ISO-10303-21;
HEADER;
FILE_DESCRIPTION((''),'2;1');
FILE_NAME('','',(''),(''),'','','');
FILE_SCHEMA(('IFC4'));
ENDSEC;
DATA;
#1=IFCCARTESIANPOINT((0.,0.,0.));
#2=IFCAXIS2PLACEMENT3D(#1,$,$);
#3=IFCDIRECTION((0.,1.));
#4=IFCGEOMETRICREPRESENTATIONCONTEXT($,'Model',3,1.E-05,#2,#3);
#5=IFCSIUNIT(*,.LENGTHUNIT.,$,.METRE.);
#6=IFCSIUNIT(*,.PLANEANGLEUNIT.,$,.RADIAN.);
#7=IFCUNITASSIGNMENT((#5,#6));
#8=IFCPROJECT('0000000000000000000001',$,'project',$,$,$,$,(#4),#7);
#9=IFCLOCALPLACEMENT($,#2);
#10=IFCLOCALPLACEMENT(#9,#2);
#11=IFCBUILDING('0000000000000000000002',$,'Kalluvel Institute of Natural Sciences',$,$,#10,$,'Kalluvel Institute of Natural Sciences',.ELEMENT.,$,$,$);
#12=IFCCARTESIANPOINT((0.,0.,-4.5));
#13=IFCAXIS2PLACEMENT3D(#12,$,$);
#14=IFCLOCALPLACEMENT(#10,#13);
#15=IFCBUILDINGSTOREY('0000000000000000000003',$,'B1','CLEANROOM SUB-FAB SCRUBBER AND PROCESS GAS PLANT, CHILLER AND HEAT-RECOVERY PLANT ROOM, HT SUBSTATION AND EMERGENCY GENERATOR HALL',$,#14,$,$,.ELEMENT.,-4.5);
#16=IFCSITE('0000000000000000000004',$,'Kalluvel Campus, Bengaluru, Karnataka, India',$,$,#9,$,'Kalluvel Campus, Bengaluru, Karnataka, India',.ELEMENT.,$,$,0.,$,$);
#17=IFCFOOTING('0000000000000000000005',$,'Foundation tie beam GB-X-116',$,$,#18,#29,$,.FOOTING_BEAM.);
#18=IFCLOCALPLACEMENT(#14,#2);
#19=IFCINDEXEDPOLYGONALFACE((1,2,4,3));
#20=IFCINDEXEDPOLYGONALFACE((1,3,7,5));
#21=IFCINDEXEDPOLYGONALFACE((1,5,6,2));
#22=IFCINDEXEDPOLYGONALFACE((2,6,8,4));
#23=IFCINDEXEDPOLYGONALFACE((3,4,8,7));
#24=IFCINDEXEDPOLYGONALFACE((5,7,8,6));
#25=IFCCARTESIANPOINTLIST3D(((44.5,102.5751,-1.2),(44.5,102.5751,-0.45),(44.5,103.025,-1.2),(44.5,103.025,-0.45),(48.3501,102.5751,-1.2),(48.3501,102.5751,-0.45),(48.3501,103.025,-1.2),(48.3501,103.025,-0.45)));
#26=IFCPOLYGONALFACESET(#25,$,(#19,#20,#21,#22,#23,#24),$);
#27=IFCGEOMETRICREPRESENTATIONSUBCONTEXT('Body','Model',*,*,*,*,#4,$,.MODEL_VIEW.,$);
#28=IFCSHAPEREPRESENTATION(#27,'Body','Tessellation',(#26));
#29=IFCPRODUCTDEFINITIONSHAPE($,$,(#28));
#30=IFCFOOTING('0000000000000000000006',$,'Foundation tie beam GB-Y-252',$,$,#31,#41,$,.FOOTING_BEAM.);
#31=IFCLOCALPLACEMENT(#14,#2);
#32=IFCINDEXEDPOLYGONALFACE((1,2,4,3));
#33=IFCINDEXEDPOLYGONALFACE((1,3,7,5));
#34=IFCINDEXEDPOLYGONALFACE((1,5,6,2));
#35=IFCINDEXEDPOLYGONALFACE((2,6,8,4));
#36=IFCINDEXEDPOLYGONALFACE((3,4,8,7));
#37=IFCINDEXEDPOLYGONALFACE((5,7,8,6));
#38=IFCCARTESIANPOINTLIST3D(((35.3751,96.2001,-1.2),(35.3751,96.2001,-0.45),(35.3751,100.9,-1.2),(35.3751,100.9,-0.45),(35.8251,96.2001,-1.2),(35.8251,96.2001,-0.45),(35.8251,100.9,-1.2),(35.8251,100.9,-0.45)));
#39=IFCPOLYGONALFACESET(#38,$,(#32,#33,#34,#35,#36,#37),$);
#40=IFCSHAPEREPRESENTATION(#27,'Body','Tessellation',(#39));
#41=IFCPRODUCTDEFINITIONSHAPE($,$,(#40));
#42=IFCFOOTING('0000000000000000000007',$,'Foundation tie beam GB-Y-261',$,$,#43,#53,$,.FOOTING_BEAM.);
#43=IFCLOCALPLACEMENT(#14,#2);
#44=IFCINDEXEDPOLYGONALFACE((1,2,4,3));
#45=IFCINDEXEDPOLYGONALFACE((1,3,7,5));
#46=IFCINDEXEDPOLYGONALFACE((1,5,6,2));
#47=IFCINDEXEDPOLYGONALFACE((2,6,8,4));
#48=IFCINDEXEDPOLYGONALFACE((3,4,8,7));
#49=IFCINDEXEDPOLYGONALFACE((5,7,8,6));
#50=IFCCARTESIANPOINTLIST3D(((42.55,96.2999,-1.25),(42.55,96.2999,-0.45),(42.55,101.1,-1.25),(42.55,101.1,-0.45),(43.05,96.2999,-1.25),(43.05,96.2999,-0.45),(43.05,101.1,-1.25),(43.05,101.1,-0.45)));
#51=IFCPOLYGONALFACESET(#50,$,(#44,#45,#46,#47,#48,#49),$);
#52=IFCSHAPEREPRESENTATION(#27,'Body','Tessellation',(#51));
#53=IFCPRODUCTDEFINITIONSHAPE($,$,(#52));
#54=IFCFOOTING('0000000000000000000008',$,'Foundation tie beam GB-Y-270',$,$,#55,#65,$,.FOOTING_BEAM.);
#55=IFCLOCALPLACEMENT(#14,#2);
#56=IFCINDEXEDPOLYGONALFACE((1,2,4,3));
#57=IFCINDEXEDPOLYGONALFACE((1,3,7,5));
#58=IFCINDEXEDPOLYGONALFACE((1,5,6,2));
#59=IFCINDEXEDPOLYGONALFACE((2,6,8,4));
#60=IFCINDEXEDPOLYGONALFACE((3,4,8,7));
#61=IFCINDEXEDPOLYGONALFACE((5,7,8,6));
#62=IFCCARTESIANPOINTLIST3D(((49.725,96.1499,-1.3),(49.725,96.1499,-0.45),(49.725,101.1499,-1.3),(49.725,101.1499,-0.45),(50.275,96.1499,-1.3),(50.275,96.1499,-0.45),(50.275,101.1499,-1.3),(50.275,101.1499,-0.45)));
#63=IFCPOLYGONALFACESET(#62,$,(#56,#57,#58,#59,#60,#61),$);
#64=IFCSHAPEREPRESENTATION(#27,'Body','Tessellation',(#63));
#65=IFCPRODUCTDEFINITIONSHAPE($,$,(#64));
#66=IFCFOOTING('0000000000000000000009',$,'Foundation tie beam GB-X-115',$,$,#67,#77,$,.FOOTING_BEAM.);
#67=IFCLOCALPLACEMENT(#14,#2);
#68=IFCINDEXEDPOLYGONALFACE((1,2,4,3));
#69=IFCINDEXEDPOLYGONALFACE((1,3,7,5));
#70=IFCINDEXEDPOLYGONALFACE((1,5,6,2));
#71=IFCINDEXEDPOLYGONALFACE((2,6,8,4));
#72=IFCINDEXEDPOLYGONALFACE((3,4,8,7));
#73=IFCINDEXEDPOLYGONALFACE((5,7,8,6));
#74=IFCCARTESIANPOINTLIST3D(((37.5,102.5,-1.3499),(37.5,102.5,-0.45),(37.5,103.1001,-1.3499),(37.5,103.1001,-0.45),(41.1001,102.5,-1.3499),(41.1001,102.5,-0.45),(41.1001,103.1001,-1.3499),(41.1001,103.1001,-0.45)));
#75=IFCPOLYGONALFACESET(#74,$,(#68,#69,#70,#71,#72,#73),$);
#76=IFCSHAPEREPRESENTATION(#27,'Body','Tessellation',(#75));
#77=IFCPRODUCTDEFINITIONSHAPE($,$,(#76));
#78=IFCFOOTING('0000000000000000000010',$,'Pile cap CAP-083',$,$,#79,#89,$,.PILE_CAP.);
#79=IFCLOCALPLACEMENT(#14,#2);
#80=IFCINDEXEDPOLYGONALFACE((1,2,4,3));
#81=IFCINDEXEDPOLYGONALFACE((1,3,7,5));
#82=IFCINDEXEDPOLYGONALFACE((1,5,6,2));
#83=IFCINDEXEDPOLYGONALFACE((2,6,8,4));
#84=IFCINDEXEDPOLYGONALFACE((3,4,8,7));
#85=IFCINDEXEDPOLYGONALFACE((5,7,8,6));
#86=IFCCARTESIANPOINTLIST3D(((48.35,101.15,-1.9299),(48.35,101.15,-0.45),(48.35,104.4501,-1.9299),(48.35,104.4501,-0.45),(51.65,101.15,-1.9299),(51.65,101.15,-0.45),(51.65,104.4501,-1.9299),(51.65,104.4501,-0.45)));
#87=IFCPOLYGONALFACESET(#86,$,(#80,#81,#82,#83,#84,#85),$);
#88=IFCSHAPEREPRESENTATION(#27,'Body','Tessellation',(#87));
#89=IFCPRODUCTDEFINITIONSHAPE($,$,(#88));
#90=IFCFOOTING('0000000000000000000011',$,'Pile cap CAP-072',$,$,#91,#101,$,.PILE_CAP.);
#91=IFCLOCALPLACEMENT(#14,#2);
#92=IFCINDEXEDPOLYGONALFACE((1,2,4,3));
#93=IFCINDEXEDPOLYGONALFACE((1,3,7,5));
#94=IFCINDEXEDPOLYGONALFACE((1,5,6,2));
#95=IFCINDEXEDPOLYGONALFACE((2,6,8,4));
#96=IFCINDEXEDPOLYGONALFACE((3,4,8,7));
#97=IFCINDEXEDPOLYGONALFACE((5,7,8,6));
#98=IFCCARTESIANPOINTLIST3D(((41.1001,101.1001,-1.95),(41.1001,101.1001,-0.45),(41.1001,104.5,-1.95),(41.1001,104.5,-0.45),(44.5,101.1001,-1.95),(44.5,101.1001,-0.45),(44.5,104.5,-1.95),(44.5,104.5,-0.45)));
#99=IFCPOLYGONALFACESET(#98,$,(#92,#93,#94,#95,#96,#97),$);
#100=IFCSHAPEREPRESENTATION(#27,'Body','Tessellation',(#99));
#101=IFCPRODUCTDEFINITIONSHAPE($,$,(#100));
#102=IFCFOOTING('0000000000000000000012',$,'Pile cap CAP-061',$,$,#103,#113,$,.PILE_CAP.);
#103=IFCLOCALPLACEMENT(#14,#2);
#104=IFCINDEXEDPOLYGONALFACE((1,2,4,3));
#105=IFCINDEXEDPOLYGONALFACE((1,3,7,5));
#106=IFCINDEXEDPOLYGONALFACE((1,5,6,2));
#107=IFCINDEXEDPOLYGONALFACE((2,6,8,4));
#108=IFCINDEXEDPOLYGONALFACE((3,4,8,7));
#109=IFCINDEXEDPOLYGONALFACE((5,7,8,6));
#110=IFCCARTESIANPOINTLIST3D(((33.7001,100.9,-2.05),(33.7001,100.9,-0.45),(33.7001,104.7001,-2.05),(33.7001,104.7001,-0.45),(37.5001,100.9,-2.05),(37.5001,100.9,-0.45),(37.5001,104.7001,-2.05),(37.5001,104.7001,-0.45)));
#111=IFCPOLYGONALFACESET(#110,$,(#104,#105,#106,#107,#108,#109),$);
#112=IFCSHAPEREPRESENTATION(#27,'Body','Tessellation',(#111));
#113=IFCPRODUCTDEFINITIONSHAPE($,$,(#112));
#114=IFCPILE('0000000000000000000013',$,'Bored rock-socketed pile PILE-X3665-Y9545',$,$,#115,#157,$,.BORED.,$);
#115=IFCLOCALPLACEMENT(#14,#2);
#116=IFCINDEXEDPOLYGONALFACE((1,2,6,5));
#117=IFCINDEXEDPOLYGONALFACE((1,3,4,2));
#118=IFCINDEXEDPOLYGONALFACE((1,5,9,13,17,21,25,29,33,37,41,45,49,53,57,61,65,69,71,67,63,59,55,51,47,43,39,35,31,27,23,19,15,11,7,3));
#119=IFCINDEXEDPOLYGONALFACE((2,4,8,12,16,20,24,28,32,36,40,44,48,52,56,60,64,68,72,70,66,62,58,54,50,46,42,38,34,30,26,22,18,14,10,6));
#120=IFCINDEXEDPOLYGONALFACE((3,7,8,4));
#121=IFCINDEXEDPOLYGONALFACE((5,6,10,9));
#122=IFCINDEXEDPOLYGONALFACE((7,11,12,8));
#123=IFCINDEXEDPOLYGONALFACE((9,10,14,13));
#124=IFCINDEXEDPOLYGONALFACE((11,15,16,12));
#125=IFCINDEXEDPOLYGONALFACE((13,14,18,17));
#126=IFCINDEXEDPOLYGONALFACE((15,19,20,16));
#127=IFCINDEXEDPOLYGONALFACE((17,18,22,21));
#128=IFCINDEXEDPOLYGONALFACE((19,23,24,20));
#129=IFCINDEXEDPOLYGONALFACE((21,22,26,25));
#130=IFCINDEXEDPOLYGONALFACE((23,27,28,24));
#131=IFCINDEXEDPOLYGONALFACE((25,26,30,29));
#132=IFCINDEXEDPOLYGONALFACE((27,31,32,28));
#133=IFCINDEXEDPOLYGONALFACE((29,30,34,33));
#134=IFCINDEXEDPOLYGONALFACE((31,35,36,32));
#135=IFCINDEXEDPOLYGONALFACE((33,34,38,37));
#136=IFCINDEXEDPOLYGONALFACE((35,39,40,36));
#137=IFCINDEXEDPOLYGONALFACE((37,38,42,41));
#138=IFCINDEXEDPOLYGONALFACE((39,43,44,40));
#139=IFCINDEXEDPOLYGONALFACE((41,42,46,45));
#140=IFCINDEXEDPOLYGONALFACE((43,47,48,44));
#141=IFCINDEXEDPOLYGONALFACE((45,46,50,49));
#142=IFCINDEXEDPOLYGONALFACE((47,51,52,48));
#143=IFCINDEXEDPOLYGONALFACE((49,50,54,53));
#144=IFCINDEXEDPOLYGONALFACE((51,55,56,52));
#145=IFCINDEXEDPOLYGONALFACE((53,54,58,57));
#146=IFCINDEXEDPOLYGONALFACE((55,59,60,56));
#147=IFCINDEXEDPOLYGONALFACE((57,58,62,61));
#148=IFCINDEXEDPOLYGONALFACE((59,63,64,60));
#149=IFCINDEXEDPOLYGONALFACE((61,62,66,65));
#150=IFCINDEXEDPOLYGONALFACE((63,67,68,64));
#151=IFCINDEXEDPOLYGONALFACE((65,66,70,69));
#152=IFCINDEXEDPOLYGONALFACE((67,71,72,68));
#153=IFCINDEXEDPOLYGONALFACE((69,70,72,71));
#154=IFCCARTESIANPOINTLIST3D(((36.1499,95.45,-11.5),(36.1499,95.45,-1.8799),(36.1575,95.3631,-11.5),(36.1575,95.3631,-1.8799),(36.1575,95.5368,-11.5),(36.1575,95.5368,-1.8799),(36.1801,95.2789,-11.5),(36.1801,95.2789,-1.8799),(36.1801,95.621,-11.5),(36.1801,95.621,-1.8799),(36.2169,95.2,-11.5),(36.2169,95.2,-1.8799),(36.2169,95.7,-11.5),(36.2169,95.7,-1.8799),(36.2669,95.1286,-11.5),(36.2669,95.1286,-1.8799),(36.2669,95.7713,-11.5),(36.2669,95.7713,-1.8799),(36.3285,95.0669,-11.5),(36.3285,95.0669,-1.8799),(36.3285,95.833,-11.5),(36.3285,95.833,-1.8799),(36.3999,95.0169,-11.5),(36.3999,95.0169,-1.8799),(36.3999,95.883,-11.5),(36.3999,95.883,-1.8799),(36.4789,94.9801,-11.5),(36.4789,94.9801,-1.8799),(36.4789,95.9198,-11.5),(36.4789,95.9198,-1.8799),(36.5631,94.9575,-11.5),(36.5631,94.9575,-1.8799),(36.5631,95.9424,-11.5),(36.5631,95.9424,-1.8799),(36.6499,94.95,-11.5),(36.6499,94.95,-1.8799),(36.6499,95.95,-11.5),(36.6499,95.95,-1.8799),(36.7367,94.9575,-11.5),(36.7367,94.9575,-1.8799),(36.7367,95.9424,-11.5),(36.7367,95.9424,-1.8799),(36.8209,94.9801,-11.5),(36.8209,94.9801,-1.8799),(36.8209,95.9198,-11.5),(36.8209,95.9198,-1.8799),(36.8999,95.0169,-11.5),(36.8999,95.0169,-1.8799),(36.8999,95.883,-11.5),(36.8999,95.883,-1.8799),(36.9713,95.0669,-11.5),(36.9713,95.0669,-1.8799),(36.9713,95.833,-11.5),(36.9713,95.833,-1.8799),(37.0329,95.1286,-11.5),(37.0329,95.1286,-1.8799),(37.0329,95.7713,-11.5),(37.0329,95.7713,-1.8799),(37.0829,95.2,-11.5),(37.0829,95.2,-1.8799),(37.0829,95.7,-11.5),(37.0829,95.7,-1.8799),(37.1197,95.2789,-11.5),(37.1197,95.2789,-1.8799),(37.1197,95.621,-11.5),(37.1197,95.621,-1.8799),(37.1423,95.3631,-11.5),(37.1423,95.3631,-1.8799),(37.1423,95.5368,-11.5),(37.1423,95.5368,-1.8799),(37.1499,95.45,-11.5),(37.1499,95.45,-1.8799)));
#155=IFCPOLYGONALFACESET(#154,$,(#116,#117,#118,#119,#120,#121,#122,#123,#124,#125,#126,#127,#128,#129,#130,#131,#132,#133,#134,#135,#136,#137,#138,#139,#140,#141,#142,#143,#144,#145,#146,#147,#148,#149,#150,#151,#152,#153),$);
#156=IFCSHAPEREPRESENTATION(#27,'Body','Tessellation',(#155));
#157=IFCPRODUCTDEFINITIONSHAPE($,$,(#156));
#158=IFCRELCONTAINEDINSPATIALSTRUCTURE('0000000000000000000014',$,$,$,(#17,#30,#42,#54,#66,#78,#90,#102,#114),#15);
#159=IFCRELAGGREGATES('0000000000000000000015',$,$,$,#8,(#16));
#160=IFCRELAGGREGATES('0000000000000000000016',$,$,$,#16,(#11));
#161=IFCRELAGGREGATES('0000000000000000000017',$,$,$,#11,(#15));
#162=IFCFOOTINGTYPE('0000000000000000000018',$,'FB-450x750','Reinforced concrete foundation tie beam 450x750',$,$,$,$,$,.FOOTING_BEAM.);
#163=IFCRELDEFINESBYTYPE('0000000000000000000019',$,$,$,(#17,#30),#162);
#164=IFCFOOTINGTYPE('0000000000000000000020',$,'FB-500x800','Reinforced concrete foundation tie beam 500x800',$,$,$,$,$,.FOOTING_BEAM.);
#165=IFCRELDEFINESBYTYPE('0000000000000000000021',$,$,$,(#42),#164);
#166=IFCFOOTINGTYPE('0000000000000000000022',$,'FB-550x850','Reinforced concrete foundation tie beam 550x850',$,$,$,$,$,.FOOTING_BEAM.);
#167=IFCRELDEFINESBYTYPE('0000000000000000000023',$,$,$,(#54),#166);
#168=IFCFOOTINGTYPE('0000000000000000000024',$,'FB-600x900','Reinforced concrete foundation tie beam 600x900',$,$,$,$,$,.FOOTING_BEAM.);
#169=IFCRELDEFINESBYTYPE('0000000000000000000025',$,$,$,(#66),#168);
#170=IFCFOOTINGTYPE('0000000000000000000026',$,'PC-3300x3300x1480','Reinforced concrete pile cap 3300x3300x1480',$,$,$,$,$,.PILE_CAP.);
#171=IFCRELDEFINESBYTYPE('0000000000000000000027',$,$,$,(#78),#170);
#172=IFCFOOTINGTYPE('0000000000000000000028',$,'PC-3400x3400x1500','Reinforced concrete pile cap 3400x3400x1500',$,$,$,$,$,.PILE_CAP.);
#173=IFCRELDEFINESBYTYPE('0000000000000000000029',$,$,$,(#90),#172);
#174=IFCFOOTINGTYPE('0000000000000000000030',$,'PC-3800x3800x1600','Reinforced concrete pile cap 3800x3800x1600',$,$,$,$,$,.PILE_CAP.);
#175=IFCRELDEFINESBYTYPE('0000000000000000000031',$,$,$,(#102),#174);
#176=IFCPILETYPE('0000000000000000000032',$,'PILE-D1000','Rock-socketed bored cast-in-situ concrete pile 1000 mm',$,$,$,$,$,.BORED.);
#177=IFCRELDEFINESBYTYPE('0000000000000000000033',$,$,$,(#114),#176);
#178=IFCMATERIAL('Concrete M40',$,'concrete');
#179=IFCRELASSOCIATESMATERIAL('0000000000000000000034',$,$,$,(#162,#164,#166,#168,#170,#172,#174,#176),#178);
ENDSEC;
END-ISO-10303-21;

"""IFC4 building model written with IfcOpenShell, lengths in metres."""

from ifc_helpers import new_model, si_unit, direction, frame, origin, origin_2d, place, context, subcontext, project, spatial, rectangle, circle, extrude, material, material_profile, profile_set, type_object, element, save


model = new_model("IFC4")

# Units and contexts
model_context = context("Model", 3, precision=1e-05, world=origin(), true_north=direction((0.0, 1.0)))
body_context = subcontext(model_context, "Body", "Model", "MODEL_VIEW")
ifc_project = project(units=[si_unit("LENGTHUNIT", "METRE"), si_unit("PLANEANGLEUNIT", "RADIAN")], contexts=[model_context])

# Site, building, storey
site_placement = place(None, origin())
site = spatial("IfcSite", under=ifc_project, at=site_placement, Name="Kalluvel Campus, Bengaluru, Karnataka, India", LongName="Kalluvel Campus, Bengaluru, Karnataka, India", CompositionType="ELEMENT", RefElevation=0.0)
building_placement = place(site_placement, origin())
building = spatial("IfcBuilding", under=site, at=building_placement, Name="Kalluvel Institute of Natural Sciences", LongName="Kalluvel Institute of Natural Sciences", CompositionType="ELEMENT")
storey_placement = place(building_placement, frame((0.0, 0.0, -4.5)))
storey = spatial("IfcBuildingStorey", under=building, at=storey_placement, Name="B1", Description="CLEANROOM SUB-FAB SCRUBBER AND PROCESS GAS PLANT, CHILLER AND HEAT-RECOVERY PLANT ROOM, HT SUBSTATION AND EMERGENCY GENERATOR HALL", CompositionType="ELEMENT", Elevation=-4.5)

# Footings
ifc_material_1 = material(Name="Concrete M40", Category="concrete")
footing_type_1 = type_object("IfcFootingType", Name="FB-450x750", Description="Reinforced concrete foundation tie beam 450x750", PredefinedType="FOOTING_BEAM", material=ifc_material_1)
footing_1_placement = place(storey_placement, frame((46.425, 102.8, -1.2), z_axis=(0.0, 0.0, 1.0), x_axis=(1.0, 0.0, 0.0)))
element("IfcFooting", 1, at=footing_1_placement, inside=storey, type_object=footing_type_1, Name="Foundation tie beam GB-X-116", PredefinedType="FOOTING_BEAM", context=body_context, shape_type="SweptSolid", body=[
    extrude(rectangle(XDim=3.8501, YDim=0.45, at=origin_2d()), origin(), (0.0, 0.0, 1.0), 0.75),
])
footing_2_placement = place(storey_placement, frame((35.6001, 98.55, -1.2), z_axis=(0.0, 0.0, 1.0), x_axis=(1.0, 0.0, 0.0)))
element("IfcFooting", 2, at=footing_2_placement, inside=storey, type_object=footing_type_1, Name="Foundation tie beam GB-Y-252", PredefinedType="FOOTING_BEAM", context=body_context, shape_type="SweptSolid", body=[
    extrude(rectangle(XDim=0.45, YDim=4.7, at=origin_2d()), origin(), (0.0, 0.0, 1.0), 0.75),
])
footing_type_2 = type_object("IfcFootingType", Name="FB-500x800", Description="Reinforced concrete foundation tie beam 500x800", PredefinedType="FOOTING_BEAM", material=ifc_material_1)
footing_3_placement = place(storey_placement, frame((42.8, 98.7, -1.25), z_axis=(0.0, 0.0, 1.0), x_axis=(1.0, 0.0, 0.0)))
element("IfcFooting", 3, at=footing_3_placement, inside=storey, type_object=footing_type_2, Name="Foundation tie beam GB-Y-261", PredefinedType="FOOTING_BEAM", context=body_context, shape_type="SweptSolid", body=[
    extrude(rectangle(XDim=0.5, YDim=4.8, at=origin_2d()), origin(), (0.0, 0.0, 1.0), 0.8),
])
footing_type_3 = type_object("IfcFootingType", Name="FB-550x850", Description="Reinforced concrete foundation tie beam 550x850", PredefinedType="FOOTING_BEAM", material=ifc_material_1)
footing_4_placement = place(storey_placement, frame((50.0, 98.6499, -1.3), z_axis=(0.0, 0.0, 1.0), x_axis=(1.0, 0.0, 0.0)))
element("IfcFooting", 4, at=footing_4_placement, inside=storey, type_object=footing_type_3, Name="Foundation tie beam GB-Y-270", PredefinedType="FOOTING_BEAM", context=body_context, shape_type="SweptSolid", body=[
    extrude(rectangle(XDim=0.55, YDim=5.0, at=origin_2d()), origin(), (0.0, 0.0, 1.0), 0.8501),
])
footing_type_4 = type_object("IfcFootingType", Name="FB-600x900", Description="Reinforced concrete foundation tie beam 600x900", PredefinedType="FOOTING_BEAM", material=ifc_material_1)
footing_5_placement = place(storey_placement, frame((39.3, 102.8, -1.3499), z_axis=(0.0, 0.0, 1.0), x_axis=(1.0, 0.0, 0.0)))
element("IfcFooting", 5, at=footing_5_placement, inside=storey, type_object=footing_type_4, Name="Foundation tie beam GB-X-115", PredefinedType="FOOTING_BEAM", context=body_context, shape_type="SweptSolid", body=[
    extrude(rectangle(XDim=3.6001, YDim=0.6001, at=origin_2d()), origin(), (0.0, 0.0, 1.0), 0.8999),
])
footing_type_5 = type_object("IfcFootingType", Name="PC-3300x3300x1480", Description="Reinforced concrete pile cap 3300x3300x1480", PredefinedType="PILE_CAP", material=ifc_material_1)
footing_6_placement = place(storey_placement, frame((50.0, 102.8, -1.9299), z_axis=(0.0, 0.0, 1.0), x_axis=(1.0, 0.0, 0.0)))
element("IfcFooting", 6, at=footing_6_placement, inside=storey, type_object=footing_type_5, Name="Pile cap CAP-083", PredefinedType="PILE_CAP", context=body_context, shape_type="SweptSolid", body=[
    extrude(rectangle(XDim=3.3, YDim=3.3, at=origin_2d()), origin(), (0.0, 0.0, 1.0), 1.48),
])
footing_type_6 = type_object("IfcFootingType", Name="PC-3400x3400x1500", Description="Reinforced concrete pile cap 3400x3400x1500", PredefinedType="PILE_CAP", material=ifc_material_1)
footing_7_placement = place(storey_placement, frame((42.8, 102.8, -1.95), z_axis=(0.0, 0.0, 1.0), x_axis=(1.0, 0.0, 0.0)))
element("IfcFooting", 7, at=footing_7_placement, inside=storey, type_object=footing_type_6, Name="Pile cap CAP-072", PredefinedType="PILE_CAP", context=body_context, shape_type="SweptSolid", body=[
    extrude(rectangle(XDim=3.3999, YDim=3.3999, at=origin_2d()), origin(), (0.0, 0.0, 1.0), 1.5),
])
footing_type_7 = type_object("IfcFootingType", Name="PC-3800x3800x1600", Description="Reinforced concrete pile cap 3800x3800x1600", PredefinedType="PILE_CAP", material=ifc_material_1)
footing_8_placement = place(storey_placement, frame((35.6001, 102.8, -2.05), z_axis=(0.0, 0.0, 1.0), x_axis=(1.0, 0.0, 0.0)))
element("IfcFooting", 8, at=footing_8_placement, inside=storey, type_object=footing_type_7, Name="Pile cap CAP-061", PredefinedType="PILE_CAP", context=body_context, shape_type="SweptSolid", body=[
    extrude(rectangle(XDim=3.8, YDim=3.8, at=origin_2d()), origin(), (0.0, 0.0, 1.0), 1.6001),
])

# Pile
ifc_material_profile_1 = material_profile(ifc_material_1, circle(Radius=0.5, at=origin_2d()), Name="PILE D1000")
ifc_profile_set_1 = profile_set([ifc_material_profile_1], Name="Concrete M40")
pile_type_1 = type_object("IfcPileType", Name="PILE-D1000", Description="Rock-socketed bored cast-in-situ concrete pile 1000 mm", PredefinedType="BORED", material=ifc_profile_set_1)
pile_1_placement = place(storey_placement, frame((36.6499, 95.45, -1.8799), z_axis=(0.0, 0.0, -1.0), x_axis=(1.0, 0.0, 0.0)))
element("IfcPile", 9, at=pile_1_placement, inside=storey, type_object=pile_type_1, Name="Bored rock-socketed pile PILE-X3665-Y9545", PredefinedType="BORED", context=body_context, shape_type="SweptSolid", body=[
    extrude(circle(Radius=0.5, at=origin_2d()), origin(), (0.0, 0.0, 1.0), 9.6201),
])

save(model, "model.ifc")
